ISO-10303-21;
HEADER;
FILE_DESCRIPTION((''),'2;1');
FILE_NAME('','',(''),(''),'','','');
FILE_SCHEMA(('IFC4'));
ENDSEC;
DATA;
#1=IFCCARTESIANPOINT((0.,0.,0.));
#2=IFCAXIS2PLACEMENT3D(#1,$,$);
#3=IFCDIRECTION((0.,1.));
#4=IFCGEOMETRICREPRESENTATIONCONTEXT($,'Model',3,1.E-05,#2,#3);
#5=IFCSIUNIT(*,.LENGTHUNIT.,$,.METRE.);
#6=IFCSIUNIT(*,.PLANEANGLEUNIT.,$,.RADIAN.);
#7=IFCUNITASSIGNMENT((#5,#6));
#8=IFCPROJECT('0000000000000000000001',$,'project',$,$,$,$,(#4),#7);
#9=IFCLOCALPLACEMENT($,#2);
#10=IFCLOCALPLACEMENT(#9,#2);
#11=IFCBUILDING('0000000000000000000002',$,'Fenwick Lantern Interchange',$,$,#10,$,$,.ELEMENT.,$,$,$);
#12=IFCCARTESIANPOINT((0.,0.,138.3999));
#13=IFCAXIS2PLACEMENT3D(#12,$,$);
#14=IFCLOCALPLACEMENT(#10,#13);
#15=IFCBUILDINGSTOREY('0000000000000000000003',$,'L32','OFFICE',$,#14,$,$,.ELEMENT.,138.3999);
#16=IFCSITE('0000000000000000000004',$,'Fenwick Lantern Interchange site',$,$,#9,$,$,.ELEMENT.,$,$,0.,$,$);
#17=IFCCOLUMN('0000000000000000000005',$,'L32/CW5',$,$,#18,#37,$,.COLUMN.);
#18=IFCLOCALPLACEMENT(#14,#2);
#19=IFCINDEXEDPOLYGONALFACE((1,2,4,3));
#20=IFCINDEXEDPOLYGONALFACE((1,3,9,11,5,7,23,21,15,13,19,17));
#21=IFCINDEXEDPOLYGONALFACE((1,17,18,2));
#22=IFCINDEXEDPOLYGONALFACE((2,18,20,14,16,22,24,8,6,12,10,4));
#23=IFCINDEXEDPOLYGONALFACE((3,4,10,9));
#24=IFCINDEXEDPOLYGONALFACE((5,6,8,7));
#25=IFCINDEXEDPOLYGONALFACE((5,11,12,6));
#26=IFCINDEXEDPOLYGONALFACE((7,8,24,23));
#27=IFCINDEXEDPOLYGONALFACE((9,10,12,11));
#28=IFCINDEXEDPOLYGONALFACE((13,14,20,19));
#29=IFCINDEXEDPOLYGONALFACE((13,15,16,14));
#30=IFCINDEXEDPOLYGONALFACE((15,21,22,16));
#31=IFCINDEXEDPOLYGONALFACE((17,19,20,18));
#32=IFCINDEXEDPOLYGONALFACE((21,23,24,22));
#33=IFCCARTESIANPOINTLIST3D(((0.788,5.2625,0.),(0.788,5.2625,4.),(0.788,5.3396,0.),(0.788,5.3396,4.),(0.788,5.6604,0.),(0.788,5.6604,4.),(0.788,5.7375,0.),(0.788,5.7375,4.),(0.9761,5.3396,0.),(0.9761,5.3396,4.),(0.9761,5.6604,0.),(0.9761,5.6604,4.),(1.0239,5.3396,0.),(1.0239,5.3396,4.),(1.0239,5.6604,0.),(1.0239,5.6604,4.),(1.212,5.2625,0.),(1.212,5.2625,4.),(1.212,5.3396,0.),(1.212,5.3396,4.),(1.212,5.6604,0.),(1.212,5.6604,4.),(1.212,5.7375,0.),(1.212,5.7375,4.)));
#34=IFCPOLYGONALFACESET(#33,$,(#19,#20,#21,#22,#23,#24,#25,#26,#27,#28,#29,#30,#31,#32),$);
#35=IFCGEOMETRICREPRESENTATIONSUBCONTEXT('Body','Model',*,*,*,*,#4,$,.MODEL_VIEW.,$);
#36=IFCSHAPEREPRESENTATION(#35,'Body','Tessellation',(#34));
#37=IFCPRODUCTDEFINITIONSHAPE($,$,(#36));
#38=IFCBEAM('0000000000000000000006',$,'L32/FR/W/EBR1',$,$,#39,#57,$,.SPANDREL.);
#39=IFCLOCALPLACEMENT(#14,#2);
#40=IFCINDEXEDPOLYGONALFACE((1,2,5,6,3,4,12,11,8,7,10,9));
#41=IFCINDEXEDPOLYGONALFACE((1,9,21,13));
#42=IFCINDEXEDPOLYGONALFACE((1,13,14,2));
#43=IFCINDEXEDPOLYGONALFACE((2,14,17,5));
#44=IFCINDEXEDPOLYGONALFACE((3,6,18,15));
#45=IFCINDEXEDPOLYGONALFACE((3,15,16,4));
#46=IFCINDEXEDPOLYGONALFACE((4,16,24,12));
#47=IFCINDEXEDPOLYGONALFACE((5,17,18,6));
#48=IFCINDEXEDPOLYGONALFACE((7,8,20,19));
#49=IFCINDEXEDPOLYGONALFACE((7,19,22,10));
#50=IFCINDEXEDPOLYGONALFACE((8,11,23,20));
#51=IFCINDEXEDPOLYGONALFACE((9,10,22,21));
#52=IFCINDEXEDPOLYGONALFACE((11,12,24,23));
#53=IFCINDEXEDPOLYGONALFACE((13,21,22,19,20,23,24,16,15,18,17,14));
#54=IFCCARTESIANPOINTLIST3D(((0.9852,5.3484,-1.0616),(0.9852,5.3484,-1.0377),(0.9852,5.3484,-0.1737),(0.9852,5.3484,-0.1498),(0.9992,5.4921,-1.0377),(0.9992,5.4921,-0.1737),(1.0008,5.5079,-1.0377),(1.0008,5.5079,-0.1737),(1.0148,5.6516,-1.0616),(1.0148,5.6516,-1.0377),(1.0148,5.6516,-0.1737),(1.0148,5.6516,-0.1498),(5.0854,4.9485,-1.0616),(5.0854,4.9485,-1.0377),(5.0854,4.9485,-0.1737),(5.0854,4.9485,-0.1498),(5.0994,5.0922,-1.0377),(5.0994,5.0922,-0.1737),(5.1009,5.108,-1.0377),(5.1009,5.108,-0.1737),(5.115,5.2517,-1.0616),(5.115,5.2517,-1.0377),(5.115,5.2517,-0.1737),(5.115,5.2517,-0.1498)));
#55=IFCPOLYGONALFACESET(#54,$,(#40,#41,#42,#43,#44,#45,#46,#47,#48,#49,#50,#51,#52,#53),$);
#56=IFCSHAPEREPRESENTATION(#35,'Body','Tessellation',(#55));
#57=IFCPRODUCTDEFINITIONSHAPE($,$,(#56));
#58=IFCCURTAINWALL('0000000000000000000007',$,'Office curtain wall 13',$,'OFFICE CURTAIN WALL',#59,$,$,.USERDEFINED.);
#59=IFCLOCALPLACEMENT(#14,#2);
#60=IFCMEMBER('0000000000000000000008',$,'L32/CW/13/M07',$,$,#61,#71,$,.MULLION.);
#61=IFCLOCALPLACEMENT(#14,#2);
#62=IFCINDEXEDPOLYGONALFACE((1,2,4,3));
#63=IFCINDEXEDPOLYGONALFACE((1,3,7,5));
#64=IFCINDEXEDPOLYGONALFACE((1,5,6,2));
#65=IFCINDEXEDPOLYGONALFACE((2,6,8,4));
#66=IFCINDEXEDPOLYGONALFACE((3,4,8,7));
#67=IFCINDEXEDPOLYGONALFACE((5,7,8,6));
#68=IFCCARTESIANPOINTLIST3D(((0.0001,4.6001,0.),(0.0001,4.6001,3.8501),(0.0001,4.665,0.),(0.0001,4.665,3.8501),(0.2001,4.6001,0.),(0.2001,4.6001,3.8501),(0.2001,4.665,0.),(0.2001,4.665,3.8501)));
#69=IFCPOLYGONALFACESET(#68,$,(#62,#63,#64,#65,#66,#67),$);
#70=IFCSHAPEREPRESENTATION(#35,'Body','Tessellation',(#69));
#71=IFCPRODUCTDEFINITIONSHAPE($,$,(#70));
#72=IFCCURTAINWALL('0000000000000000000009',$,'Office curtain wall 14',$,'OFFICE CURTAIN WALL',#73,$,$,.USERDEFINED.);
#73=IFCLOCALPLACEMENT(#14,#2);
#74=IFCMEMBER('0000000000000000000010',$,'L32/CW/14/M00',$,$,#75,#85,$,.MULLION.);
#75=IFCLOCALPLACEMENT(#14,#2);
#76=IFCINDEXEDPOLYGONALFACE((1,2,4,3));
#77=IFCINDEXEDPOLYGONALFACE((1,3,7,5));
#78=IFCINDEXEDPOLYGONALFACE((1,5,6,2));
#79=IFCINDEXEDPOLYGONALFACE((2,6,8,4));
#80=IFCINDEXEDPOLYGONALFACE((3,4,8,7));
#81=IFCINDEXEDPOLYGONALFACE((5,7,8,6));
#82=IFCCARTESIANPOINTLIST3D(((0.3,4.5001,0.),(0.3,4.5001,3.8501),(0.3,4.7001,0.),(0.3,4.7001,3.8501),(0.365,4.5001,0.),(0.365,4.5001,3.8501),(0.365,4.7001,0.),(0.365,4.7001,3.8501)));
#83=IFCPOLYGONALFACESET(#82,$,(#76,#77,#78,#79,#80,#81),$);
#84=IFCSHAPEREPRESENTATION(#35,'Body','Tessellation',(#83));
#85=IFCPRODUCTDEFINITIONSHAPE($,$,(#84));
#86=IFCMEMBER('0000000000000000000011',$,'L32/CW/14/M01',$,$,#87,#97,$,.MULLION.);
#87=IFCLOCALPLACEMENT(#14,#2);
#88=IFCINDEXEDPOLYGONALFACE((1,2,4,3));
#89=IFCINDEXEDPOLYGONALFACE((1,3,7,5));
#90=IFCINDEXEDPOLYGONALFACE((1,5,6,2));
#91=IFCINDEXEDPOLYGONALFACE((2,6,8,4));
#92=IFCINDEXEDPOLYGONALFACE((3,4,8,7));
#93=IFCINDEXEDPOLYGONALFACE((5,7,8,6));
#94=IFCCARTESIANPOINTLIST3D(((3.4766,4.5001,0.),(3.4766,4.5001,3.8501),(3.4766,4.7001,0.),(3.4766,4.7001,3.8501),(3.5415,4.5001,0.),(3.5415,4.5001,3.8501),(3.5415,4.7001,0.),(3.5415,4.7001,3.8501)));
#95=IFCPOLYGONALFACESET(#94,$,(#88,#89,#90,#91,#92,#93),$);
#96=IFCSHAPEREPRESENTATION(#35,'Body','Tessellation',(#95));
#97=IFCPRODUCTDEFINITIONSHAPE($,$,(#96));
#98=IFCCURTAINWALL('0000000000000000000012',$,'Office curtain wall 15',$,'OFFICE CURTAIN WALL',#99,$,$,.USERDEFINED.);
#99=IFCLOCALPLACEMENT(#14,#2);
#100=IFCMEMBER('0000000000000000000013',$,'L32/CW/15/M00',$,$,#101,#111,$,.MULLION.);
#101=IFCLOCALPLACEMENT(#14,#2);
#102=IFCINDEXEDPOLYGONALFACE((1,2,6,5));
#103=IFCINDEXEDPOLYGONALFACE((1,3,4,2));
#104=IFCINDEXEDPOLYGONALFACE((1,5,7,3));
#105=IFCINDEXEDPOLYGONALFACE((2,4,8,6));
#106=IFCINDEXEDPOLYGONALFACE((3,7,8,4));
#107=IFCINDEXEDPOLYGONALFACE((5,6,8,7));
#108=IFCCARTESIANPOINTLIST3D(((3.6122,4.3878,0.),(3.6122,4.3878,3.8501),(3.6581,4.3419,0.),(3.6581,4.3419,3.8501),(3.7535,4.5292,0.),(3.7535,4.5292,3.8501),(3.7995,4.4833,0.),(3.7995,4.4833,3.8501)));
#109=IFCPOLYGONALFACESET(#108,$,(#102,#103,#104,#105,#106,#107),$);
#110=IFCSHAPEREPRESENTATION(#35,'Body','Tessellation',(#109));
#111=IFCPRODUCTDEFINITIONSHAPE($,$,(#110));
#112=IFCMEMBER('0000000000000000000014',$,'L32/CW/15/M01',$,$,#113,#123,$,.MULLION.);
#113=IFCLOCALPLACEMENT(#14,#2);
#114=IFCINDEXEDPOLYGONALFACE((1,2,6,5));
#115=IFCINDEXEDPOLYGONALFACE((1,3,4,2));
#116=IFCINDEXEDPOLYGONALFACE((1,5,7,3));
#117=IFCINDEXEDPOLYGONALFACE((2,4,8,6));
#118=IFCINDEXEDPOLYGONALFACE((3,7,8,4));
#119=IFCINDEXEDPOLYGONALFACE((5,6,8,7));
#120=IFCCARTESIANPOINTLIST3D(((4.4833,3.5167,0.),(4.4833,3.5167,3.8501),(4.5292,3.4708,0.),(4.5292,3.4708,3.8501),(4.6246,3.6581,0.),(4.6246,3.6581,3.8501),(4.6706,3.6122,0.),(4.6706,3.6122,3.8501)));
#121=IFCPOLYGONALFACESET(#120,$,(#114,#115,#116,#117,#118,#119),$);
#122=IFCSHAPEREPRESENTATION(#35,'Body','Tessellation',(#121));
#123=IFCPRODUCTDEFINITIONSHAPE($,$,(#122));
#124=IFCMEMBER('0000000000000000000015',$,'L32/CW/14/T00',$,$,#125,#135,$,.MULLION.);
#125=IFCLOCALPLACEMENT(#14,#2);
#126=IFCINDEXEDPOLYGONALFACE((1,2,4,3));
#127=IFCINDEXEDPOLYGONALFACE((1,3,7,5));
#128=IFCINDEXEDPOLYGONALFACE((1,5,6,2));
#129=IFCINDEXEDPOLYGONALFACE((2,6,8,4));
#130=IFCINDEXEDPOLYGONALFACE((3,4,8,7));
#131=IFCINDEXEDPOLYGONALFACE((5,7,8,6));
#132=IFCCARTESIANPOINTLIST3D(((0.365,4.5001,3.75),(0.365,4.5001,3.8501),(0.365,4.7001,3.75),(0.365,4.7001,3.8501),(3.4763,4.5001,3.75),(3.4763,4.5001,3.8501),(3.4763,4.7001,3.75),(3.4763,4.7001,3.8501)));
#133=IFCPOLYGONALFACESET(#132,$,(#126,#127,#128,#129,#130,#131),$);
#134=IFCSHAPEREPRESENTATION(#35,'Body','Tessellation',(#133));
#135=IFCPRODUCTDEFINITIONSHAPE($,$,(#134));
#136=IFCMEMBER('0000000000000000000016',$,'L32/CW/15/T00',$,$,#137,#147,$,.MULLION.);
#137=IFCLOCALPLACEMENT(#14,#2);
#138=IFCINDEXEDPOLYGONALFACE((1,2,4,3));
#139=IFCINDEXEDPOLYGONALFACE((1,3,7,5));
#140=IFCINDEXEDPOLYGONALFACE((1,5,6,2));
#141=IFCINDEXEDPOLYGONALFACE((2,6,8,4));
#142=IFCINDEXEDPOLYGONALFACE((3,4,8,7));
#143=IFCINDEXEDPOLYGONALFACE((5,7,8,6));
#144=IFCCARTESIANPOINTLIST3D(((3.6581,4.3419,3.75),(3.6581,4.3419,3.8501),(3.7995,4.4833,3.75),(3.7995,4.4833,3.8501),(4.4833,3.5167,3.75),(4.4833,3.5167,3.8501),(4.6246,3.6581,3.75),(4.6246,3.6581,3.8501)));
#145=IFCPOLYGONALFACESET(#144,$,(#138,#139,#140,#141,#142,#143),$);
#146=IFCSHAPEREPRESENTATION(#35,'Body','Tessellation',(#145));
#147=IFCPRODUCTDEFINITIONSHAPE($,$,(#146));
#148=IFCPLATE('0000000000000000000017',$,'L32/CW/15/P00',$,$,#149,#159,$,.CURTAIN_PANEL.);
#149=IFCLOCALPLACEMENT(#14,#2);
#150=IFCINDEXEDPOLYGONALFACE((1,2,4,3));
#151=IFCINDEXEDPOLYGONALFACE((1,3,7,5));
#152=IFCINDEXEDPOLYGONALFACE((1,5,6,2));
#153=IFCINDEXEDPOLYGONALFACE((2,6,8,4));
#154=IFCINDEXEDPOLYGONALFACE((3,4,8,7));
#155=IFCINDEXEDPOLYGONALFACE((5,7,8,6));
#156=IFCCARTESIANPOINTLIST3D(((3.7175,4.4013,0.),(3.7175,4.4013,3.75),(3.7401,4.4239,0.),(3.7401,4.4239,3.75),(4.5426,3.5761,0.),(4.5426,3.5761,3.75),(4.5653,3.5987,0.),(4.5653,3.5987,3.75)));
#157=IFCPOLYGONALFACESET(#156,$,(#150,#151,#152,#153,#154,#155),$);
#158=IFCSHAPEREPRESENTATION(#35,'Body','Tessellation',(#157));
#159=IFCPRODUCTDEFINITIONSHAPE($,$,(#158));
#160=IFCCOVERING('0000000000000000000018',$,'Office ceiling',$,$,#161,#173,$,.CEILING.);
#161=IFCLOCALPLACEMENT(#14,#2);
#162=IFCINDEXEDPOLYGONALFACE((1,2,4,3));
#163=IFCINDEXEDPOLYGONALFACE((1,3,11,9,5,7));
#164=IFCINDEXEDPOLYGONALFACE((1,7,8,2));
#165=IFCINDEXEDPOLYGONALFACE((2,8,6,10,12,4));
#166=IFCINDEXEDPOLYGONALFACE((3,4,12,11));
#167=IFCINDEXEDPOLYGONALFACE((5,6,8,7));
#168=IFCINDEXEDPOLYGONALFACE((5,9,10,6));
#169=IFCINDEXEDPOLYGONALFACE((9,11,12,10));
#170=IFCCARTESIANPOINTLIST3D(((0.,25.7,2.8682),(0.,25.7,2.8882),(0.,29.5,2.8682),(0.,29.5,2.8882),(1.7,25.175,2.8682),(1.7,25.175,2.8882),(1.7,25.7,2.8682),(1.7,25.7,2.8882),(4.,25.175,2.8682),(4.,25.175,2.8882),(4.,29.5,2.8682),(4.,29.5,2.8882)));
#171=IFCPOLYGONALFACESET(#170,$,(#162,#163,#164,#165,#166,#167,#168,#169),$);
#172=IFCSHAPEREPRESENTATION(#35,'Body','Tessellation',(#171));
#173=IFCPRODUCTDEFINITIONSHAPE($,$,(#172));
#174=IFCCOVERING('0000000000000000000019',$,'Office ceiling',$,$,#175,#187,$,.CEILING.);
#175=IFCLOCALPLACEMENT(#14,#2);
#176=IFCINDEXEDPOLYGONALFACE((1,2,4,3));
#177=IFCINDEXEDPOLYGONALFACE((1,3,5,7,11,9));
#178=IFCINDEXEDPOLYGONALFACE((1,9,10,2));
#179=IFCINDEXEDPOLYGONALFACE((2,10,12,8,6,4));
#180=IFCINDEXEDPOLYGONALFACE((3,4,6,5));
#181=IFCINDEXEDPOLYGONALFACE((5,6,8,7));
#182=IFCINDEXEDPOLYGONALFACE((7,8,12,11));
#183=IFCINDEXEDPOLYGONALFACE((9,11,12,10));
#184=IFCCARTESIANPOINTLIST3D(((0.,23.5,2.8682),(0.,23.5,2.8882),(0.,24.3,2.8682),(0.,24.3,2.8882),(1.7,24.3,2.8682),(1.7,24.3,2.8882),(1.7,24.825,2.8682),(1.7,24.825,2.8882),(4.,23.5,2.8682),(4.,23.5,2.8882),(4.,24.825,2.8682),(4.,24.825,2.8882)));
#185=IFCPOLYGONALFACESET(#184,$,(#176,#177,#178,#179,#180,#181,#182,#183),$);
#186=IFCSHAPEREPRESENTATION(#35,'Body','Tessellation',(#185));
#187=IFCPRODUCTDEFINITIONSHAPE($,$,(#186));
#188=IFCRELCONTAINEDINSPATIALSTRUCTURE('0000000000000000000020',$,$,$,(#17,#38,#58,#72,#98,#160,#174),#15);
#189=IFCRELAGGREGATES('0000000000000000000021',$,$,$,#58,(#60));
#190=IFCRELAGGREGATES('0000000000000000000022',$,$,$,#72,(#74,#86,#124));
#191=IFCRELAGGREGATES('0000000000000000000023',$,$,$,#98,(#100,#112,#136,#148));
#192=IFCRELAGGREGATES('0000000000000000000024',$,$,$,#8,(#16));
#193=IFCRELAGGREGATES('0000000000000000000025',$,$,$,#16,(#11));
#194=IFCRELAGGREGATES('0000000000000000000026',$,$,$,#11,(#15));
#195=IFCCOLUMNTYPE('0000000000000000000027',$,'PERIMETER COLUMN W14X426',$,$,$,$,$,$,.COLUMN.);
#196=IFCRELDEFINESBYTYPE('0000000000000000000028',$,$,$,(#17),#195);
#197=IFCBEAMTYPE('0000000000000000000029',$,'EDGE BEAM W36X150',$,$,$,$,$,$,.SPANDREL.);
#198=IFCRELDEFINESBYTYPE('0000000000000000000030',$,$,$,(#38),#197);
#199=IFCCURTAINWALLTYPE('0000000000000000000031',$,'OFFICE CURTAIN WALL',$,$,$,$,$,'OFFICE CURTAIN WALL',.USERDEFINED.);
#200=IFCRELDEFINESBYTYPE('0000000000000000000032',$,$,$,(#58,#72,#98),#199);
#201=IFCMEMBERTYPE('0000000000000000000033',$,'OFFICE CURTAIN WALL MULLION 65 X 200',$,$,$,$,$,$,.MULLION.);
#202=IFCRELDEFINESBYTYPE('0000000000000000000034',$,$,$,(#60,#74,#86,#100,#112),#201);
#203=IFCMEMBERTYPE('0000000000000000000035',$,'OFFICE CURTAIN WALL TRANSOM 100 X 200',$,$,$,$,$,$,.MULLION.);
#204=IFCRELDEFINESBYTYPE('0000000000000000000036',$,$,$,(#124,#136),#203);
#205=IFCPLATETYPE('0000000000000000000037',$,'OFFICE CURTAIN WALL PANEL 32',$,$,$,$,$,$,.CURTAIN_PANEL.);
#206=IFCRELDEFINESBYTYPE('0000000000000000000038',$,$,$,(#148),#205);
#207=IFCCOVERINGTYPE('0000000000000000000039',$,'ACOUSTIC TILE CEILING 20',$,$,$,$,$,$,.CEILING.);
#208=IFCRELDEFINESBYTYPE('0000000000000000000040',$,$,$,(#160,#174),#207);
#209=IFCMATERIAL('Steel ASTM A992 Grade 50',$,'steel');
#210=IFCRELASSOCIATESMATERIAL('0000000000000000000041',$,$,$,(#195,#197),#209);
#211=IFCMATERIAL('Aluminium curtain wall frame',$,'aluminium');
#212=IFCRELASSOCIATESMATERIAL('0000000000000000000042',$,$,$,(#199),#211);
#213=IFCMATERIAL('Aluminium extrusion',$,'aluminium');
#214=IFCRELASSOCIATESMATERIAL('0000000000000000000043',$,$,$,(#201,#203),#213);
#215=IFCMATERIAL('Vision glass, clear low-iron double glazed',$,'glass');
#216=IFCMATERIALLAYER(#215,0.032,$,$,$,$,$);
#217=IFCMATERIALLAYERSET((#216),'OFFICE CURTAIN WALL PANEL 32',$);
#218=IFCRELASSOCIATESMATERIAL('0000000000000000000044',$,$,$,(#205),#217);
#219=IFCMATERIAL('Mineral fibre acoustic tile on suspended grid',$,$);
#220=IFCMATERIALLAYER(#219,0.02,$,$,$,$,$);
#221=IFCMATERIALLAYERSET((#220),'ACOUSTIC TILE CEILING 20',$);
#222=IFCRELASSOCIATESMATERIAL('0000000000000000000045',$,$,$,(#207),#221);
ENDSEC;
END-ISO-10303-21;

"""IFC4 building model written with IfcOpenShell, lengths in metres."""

from ifc_helpers import new_model, si_unit, direction, frame, origin, origin_2d, place, context, subcontext, project, spatial, polyline, rectangle, i_section, outline, extrude, material, layer, layer_set, material_profile, profile_set, type_object, element, aggregate, save


model = new_model("IFC4")

# Units and contexts
model_context = context("Model", 3, precision=1e-05, world=origin(), true_north=direction((0.0, 1.0)))
body_context = subcontext(model_context, "Body", "Model", "MODEL_VIEW")
ifc_project = project(units=[si_unit("LENGTHUNIT", "METRE"), si_unit("PLANEANGLEUNIT", "RADIAN")], contexts=[model_context])

# Site, building, storey
site_placement = place(None, origin())
site = spatial("IfcSite", under=ifc_project, at=site_placement, Name="Fenwick Lantern Interchange site", CompositionType="ELEMENT", RefElevation=0.0)
building_placement = place(site_placement, origin())
building = spatial("IfcBuilding", under=site, at=building_placement, Name="Fenwick Lantern Interchange", CompositionType="ELEMENT")
storey_placement = place(building_placement, frame((0.0, 0.0, 138.3999)))
storey = spatial("IfcBuildingStorey", under=building, at=storey_placement, Name="L32", Description="OFFICE", CompositionType="ELEMENT", Elevation=138.3999)

# Column
ifc_material_1 = material(Name="Steel ASTM A992 Grade 50", Category="steel")
ifc_material_profile_1 = material_profile(ifc_material_1, i_section(OverallWidth=0.4241, OverallDepth=0.4751, WebThickness=0.0479, FlangeThickness=0.0771, at=origin_2d()), Name="W14X426")
ifc_profile_set_1 = profile_set([ifc_material_profile_1], Name="Steel ASTM A992 Grade 50")
column_type = type_object("IfcColumnType", Name="PERIMETER COLUMN W14X426", PredefinedType="COLUMN", material=ifc_profile_set_1)
column_placement = place(storey_placement, frame((1.0, 5.5, 0.0), z_axis=(0.0, 0.0, 1.0), x_axis=(1.0, 0.0, 0.0)))
element("IfcColumn", 1, at=column_placement, inside=storey, type_object=column_type, Name="L32/CW5", PredefinedType="COLUMN", context=body_context, shape_type="SweptSolid", body=[
    extrude(i_section(OverallWidth=0.4241, OverallDepth=0.4751, WebThickness=0.0479, FlangeThickness=0.0771, at=origin_2d()), origin(), (0.0, 0.0, 1.0), 4.0),
])

# Beam
ifc_material_profile_2 = material_profile(ifc_material_1, i_section(OverallWidth=0.3047, OverallDepth=0.9119, WebThickness=0.0159, FlangeThickness=0.0239, at=origin_2d()), Name="W36X150")
ifc_profile_set_2 = profile_set([ifc_material_profile_2], Name="Steel ASTM A992 Grade 50")
beam_type = type_object("IfcBeamType", Name="EDGE BEAM W36X150", PredefinedType="SPANDREL", material=ifc_profile_set_2)
beam_placement = place(storey_placement, frame((1.0, 5.5, -0.6057), z_axis=(0.995277, -0.097074, 0.0), x_axis=(0.097074, 0.995277, 0.0)))
element("IfcBeam", 2, at=beam_placement, inside=storey, type_object=beam_type, Name="L32/FR/W/EBR1", PredefinedType="SPANDREL", context=body_context, shape_type="SweptSolid", body=[
    extrude(i_section(OverallWidth=0.3047, OverallDepth=0.9119, WebThickness=0.0159, FlangeThickness=0.0239, at=origin_2d()), origin(), (0.0, 0.0, 1.0), 4.1196),
])

# Curtain wall, member
ifc_material_2 = material(Name="Aluminium curtain wall frame", Category="aluminium")
curtain_wall_type = type_object("IfcCurtainWallType", Name="OFFICE CURTAIN WALL", ElementType="OFFICE CURTAIN WALL", PredefinedType="USERDEFINED", material=ifc_material_2)
curtain_wall_1_placement = place(storey_placement, origin())
curtain_wall_1 = element("IfcCurtainWall", 3, at=curtain_wall_1_placement, inside=storey, type_object=curtain_wall_type, Name="Office curtain wall 13", ObjectType="OFFICE CURTAIN WALL", PredefinedType="USERDEFINED")
ifc_material_3 = material(Name="Aluminium extrusion", Category="aluminium")
ifc_material_profile_3 = material_profile(ifc_material_3, rectangle(XDim=0.2, YDim=0.0649, at=origin_2d()), Name="OFFICE CURTAIN WALL MULLION 65 X 200")
ifc_profile_set_3 = profile_set([ifc_material_profile_3], Name="Aluminium extrusion")
member_type_1 = type_object("IfcMemberType", Name="OFFICE CURTAIN WALL MULLION 65 X 200", PredefinedType="MULLION", material=ifc_profile_set_3)
member_1_placement = place(storey_placement, frame((0.1001, 4.6326, 0.0), z_axis=(0.0, 0.0, 1.0), x_axis=(1.0, 0.0, 0.0)))
member_1 = element("IfcMember", 4, at=member_1_placement, type_object=member_type_1, Name="L32/CW/13/M07", PredefinedType="MULLION", context=body_context, shape_type="SweptSolid", body=[
    extrude(rectangle(XDim=0.2, YDim=0.0649, at=origin_2d()), origin(), (0.0, 0.0, 1.0), 3.8501),
])
aggregate(curtain_wall_1, [member_1])

# Curtain walls, members
curtain_wall_2_placement = place(storey_placement, origin())
curtain_wall_2 = element("IfcCurtainWall", 5, at=curtain_wall_2_placement, inside=storey, type_object=curtain_wall_type, Name="Office curtain wall 14", ObjectType="OFFICE CURTAIN WALL", PredefinedType="USERDEFINED")
member_2_placement = place(storey_placement, frame((0.3325, 4.6001, 0.0), z_axis=(0.0, 0.0, 1.0), x_axis=(0.0, 1.0, 0.0)))
member_2 = element("IfcMember", 6, at=member_2_placement, type_object=member_type_1, Name="L32/CW/14/M00", PredefinedType="MULLION", context=body_context, shape_type="SweptSolid", body=[
    extrude(rectangle(XDim=0.2, YDim=0.0649, at=origin_2d()), origin(), (0.0, 0.0, 1.0), 3.8501),
])
member_3_placement = place(storey_placement, frame((3.509, 4.6001, 0.0), z_axis=(0.0, 0.0, 1.0), x_axis=(0.0, 1.0, 0.0)))
member_3 = element("IfcMember", 7, at=member_3_placement, type_object=member_type_1, Name="L32/CW/14/M01", PredefinedType="MULLION", context=body_context, shape_type="SweptSolid", body=[
    extrude(rectangle(XDim=0.2, YDim=0.0649, at=origin_2d()), origin(), (0.0, 0.0, 1.0), 3.8501),
])
curtain_wall_3_placement = place(storey_placement, origin())
curtain_wall_3 = element("IfcCurtainWall", 8, at=curtain_wall_3_placement, inside=storey, type_object=curtain_wall_type, Name="Office curtain wall 15", ObjectType="OFFICE CURTAIN WALL", PredefinedType="USERDEFINED")
member_4_placement = place(storey_placement, frame((3.7058, 4.4355, 0.0), z_axis=(0.0, 0.0, 1.0), x_axis=(0.707107, 0.707107, 0.0)))
member_4 = element("IfcMember", 9, at=member_4_placement, type_object=member_type_1, Name="L32/CW/15/M00", PredefinedType="MULLION", context=body_context, shape_type="SweptSolid", body=[
    extrude(rectangle(XDim=0.2, YDim=0.0649, at=origin_2d()), origin(), (0.0, 0.0, 1.0), 3.8501),
])
member_5_placement = place(storey_placement, frame((4.5769, 3.5645, 0.0), z_axis=(0.0, 0.0, 1.0), x_axis=(0.707107, 0.707107, 0.0)))
member_5 = element("IfcMember", 10, at=member_5_placement, type_object=member_type_1, Name="L32/CW/15/M01", PredefinedType="MULLION", context=body_context, shape_type="SweptSolid", body=[
    extrude(rectangle(XDim=0.2, YDim=0.0649, at=origin_2d()), origin(), (0.0, 0.0, 1.0), 3.8501),
])

# Members
ifc_material_profile_4 = material_profile(ifc_material_3, rectangle(XDim=0.2, YDim=0.1001, at=origin_2d()), Name="OFFICE CURTAIN WALL TRANSOM 100 X 200")
ifc_profile_set_4 = profile_set([ifc_material_profile_4], Name="Aluminium extrusion")
member_type_2 = type_object("IfcMemberType", Name="OFFICE CURTAIN WALL TRANSOM 100 X 200", PredefinedType="MULLION", material=ifc_profile_set_4)
member_6_placement = place(storey_placement, frame((0.365, 4.6001, 3.8), z_axis=(1.0, 0.0, 0.0), x_axis=(0.0, 1.0, 0.0)))
member_6 = element("IfcMember", 11, at=member_6_placement, type_object=member_type_2, Name="L32/CW/14/T00", PredefinedType="MULLION", context=body_context, shape_type="SweptSolid", body=[
    extrude(rectangle(XDim=0.2, YDim=0.1001, at=origin_2d()), origin(), (0.0, 0.0, 1.0), 3.1113),
])
aggregate(curtain_wall_2, [member_2, member_3, member_6])
member_7_placement = place(storey_placement, frame((3.7288, 4.4126, 3.8), z_axis=(0.707107, -0.707107, 0.0), x_axis=(0.707107, 0.707107, 0.0)))
member_7 = element("IfcMember", 12, at=member_7_placement, type_object=member_type_2, Name="L32/CW/15/T00", PredefinedType="MULLION", context=body_context, shape_type="SweptSolid", body=[
    extrude(rectangle(XDim=0.2, YDim=0.1001, at=origin_2d()), origin(), (0.0, 0.0, 1.0), 1.167),
])

# Shared definitions
ifc_material_4 = material(Name="Vision glass, clear low-iron double glazed", Category="glass")
ifc_layer_1 = layer(ifc_material_4, 0.032)
ifc_layer_set_1 = layer_set([ifc_layer_1], Name="OFFICE CURTAIN WALL PANEL 32")
plate_type = type_object("IfcPlateType", Name="OFFICE CURTAIN WALL PANEL 32", PredefinedType="CURTAIN_PANEL", material=ifc_layer_set_1)

# Plate
plate_1_placement = place(storey_placement, frame((4.1414, 4.0, 0.0), z_axis=(0.0, 0.0, 1.0), x_axis=(0.707107, -0.707107, 0.0)))
plate_1 = element("IfcPlate", 13, at=plate_1_placement, type_object=plate_type, Name="L32/CW/15/P00", PredefinedType="CURTAIN_PANEL", context=body_context, shape_type="SweptSolid", body=[
    extrude(rectangle(XDim=1.167, YDim=0.032, at=origin_2d()), origin(), (0.0, 0.0, 1.0), 3.75),
])
aggregate(curtain_wall_3, [member_4, member_5, member_7, plate_1])

# Coverings
ifc_material_5 = material(Name="Mineral fibre acoustic tile on suspended grid")
ifc_layer_2 = layer(ifc_material_5, 0.02)
ifc_layer_set_2 = layer_set([ifc_layer_2], Name="ACOUSTIC TILE CEILING 20")
covering_type_1 = type_object("IfcCoveringType", Name="ACOUSTIC TILE CEILING 20", PredefinedType="CEILING", material=ifc_layer_set_2)
covering_1_placement = place(storey_placement, frame((0.0, 0.0, 2.8682)))
element("IfcCovering", 14, at=covering_1_placement, inside=storey, type_object=covering_type_1, Name="Office ceiling", PredefinedType="CEILING", context=body_context, shape_type="SweptSolid", body=[
    extrude(outline(polyline([(4.0, 29.5), (0.0, 29.5), (0.0, 25.7), (1.7, 25.7), (1.7, 25.175), (4.0, 25.175), (4.0, 29.5)])), origin(), (0.0, 0.0, 1.0), 0.02),
])
covering_2_placement = place(storey_placement, frame((0.0, 0.0, 2.8682)))
element("IfcCovering", 15, at=covering_2_placement, inside=storey, type_object=covering_type_1, Name="Office ceiling", PredefinedType="CEILING", context=body_context, shape_type="SweptSolid", body=[
    extrude(outline(polyline([(4.0, 23.5), (4.0, 24.825), (1.7, 24.825), (1.7, 24.3), (0.0, 24.3), (0.0, 23.5), (4.0, 23.5)])), origin(), (0.0, 0.0, 1.0), 0.02),
])

save(model, "model.ifc")
